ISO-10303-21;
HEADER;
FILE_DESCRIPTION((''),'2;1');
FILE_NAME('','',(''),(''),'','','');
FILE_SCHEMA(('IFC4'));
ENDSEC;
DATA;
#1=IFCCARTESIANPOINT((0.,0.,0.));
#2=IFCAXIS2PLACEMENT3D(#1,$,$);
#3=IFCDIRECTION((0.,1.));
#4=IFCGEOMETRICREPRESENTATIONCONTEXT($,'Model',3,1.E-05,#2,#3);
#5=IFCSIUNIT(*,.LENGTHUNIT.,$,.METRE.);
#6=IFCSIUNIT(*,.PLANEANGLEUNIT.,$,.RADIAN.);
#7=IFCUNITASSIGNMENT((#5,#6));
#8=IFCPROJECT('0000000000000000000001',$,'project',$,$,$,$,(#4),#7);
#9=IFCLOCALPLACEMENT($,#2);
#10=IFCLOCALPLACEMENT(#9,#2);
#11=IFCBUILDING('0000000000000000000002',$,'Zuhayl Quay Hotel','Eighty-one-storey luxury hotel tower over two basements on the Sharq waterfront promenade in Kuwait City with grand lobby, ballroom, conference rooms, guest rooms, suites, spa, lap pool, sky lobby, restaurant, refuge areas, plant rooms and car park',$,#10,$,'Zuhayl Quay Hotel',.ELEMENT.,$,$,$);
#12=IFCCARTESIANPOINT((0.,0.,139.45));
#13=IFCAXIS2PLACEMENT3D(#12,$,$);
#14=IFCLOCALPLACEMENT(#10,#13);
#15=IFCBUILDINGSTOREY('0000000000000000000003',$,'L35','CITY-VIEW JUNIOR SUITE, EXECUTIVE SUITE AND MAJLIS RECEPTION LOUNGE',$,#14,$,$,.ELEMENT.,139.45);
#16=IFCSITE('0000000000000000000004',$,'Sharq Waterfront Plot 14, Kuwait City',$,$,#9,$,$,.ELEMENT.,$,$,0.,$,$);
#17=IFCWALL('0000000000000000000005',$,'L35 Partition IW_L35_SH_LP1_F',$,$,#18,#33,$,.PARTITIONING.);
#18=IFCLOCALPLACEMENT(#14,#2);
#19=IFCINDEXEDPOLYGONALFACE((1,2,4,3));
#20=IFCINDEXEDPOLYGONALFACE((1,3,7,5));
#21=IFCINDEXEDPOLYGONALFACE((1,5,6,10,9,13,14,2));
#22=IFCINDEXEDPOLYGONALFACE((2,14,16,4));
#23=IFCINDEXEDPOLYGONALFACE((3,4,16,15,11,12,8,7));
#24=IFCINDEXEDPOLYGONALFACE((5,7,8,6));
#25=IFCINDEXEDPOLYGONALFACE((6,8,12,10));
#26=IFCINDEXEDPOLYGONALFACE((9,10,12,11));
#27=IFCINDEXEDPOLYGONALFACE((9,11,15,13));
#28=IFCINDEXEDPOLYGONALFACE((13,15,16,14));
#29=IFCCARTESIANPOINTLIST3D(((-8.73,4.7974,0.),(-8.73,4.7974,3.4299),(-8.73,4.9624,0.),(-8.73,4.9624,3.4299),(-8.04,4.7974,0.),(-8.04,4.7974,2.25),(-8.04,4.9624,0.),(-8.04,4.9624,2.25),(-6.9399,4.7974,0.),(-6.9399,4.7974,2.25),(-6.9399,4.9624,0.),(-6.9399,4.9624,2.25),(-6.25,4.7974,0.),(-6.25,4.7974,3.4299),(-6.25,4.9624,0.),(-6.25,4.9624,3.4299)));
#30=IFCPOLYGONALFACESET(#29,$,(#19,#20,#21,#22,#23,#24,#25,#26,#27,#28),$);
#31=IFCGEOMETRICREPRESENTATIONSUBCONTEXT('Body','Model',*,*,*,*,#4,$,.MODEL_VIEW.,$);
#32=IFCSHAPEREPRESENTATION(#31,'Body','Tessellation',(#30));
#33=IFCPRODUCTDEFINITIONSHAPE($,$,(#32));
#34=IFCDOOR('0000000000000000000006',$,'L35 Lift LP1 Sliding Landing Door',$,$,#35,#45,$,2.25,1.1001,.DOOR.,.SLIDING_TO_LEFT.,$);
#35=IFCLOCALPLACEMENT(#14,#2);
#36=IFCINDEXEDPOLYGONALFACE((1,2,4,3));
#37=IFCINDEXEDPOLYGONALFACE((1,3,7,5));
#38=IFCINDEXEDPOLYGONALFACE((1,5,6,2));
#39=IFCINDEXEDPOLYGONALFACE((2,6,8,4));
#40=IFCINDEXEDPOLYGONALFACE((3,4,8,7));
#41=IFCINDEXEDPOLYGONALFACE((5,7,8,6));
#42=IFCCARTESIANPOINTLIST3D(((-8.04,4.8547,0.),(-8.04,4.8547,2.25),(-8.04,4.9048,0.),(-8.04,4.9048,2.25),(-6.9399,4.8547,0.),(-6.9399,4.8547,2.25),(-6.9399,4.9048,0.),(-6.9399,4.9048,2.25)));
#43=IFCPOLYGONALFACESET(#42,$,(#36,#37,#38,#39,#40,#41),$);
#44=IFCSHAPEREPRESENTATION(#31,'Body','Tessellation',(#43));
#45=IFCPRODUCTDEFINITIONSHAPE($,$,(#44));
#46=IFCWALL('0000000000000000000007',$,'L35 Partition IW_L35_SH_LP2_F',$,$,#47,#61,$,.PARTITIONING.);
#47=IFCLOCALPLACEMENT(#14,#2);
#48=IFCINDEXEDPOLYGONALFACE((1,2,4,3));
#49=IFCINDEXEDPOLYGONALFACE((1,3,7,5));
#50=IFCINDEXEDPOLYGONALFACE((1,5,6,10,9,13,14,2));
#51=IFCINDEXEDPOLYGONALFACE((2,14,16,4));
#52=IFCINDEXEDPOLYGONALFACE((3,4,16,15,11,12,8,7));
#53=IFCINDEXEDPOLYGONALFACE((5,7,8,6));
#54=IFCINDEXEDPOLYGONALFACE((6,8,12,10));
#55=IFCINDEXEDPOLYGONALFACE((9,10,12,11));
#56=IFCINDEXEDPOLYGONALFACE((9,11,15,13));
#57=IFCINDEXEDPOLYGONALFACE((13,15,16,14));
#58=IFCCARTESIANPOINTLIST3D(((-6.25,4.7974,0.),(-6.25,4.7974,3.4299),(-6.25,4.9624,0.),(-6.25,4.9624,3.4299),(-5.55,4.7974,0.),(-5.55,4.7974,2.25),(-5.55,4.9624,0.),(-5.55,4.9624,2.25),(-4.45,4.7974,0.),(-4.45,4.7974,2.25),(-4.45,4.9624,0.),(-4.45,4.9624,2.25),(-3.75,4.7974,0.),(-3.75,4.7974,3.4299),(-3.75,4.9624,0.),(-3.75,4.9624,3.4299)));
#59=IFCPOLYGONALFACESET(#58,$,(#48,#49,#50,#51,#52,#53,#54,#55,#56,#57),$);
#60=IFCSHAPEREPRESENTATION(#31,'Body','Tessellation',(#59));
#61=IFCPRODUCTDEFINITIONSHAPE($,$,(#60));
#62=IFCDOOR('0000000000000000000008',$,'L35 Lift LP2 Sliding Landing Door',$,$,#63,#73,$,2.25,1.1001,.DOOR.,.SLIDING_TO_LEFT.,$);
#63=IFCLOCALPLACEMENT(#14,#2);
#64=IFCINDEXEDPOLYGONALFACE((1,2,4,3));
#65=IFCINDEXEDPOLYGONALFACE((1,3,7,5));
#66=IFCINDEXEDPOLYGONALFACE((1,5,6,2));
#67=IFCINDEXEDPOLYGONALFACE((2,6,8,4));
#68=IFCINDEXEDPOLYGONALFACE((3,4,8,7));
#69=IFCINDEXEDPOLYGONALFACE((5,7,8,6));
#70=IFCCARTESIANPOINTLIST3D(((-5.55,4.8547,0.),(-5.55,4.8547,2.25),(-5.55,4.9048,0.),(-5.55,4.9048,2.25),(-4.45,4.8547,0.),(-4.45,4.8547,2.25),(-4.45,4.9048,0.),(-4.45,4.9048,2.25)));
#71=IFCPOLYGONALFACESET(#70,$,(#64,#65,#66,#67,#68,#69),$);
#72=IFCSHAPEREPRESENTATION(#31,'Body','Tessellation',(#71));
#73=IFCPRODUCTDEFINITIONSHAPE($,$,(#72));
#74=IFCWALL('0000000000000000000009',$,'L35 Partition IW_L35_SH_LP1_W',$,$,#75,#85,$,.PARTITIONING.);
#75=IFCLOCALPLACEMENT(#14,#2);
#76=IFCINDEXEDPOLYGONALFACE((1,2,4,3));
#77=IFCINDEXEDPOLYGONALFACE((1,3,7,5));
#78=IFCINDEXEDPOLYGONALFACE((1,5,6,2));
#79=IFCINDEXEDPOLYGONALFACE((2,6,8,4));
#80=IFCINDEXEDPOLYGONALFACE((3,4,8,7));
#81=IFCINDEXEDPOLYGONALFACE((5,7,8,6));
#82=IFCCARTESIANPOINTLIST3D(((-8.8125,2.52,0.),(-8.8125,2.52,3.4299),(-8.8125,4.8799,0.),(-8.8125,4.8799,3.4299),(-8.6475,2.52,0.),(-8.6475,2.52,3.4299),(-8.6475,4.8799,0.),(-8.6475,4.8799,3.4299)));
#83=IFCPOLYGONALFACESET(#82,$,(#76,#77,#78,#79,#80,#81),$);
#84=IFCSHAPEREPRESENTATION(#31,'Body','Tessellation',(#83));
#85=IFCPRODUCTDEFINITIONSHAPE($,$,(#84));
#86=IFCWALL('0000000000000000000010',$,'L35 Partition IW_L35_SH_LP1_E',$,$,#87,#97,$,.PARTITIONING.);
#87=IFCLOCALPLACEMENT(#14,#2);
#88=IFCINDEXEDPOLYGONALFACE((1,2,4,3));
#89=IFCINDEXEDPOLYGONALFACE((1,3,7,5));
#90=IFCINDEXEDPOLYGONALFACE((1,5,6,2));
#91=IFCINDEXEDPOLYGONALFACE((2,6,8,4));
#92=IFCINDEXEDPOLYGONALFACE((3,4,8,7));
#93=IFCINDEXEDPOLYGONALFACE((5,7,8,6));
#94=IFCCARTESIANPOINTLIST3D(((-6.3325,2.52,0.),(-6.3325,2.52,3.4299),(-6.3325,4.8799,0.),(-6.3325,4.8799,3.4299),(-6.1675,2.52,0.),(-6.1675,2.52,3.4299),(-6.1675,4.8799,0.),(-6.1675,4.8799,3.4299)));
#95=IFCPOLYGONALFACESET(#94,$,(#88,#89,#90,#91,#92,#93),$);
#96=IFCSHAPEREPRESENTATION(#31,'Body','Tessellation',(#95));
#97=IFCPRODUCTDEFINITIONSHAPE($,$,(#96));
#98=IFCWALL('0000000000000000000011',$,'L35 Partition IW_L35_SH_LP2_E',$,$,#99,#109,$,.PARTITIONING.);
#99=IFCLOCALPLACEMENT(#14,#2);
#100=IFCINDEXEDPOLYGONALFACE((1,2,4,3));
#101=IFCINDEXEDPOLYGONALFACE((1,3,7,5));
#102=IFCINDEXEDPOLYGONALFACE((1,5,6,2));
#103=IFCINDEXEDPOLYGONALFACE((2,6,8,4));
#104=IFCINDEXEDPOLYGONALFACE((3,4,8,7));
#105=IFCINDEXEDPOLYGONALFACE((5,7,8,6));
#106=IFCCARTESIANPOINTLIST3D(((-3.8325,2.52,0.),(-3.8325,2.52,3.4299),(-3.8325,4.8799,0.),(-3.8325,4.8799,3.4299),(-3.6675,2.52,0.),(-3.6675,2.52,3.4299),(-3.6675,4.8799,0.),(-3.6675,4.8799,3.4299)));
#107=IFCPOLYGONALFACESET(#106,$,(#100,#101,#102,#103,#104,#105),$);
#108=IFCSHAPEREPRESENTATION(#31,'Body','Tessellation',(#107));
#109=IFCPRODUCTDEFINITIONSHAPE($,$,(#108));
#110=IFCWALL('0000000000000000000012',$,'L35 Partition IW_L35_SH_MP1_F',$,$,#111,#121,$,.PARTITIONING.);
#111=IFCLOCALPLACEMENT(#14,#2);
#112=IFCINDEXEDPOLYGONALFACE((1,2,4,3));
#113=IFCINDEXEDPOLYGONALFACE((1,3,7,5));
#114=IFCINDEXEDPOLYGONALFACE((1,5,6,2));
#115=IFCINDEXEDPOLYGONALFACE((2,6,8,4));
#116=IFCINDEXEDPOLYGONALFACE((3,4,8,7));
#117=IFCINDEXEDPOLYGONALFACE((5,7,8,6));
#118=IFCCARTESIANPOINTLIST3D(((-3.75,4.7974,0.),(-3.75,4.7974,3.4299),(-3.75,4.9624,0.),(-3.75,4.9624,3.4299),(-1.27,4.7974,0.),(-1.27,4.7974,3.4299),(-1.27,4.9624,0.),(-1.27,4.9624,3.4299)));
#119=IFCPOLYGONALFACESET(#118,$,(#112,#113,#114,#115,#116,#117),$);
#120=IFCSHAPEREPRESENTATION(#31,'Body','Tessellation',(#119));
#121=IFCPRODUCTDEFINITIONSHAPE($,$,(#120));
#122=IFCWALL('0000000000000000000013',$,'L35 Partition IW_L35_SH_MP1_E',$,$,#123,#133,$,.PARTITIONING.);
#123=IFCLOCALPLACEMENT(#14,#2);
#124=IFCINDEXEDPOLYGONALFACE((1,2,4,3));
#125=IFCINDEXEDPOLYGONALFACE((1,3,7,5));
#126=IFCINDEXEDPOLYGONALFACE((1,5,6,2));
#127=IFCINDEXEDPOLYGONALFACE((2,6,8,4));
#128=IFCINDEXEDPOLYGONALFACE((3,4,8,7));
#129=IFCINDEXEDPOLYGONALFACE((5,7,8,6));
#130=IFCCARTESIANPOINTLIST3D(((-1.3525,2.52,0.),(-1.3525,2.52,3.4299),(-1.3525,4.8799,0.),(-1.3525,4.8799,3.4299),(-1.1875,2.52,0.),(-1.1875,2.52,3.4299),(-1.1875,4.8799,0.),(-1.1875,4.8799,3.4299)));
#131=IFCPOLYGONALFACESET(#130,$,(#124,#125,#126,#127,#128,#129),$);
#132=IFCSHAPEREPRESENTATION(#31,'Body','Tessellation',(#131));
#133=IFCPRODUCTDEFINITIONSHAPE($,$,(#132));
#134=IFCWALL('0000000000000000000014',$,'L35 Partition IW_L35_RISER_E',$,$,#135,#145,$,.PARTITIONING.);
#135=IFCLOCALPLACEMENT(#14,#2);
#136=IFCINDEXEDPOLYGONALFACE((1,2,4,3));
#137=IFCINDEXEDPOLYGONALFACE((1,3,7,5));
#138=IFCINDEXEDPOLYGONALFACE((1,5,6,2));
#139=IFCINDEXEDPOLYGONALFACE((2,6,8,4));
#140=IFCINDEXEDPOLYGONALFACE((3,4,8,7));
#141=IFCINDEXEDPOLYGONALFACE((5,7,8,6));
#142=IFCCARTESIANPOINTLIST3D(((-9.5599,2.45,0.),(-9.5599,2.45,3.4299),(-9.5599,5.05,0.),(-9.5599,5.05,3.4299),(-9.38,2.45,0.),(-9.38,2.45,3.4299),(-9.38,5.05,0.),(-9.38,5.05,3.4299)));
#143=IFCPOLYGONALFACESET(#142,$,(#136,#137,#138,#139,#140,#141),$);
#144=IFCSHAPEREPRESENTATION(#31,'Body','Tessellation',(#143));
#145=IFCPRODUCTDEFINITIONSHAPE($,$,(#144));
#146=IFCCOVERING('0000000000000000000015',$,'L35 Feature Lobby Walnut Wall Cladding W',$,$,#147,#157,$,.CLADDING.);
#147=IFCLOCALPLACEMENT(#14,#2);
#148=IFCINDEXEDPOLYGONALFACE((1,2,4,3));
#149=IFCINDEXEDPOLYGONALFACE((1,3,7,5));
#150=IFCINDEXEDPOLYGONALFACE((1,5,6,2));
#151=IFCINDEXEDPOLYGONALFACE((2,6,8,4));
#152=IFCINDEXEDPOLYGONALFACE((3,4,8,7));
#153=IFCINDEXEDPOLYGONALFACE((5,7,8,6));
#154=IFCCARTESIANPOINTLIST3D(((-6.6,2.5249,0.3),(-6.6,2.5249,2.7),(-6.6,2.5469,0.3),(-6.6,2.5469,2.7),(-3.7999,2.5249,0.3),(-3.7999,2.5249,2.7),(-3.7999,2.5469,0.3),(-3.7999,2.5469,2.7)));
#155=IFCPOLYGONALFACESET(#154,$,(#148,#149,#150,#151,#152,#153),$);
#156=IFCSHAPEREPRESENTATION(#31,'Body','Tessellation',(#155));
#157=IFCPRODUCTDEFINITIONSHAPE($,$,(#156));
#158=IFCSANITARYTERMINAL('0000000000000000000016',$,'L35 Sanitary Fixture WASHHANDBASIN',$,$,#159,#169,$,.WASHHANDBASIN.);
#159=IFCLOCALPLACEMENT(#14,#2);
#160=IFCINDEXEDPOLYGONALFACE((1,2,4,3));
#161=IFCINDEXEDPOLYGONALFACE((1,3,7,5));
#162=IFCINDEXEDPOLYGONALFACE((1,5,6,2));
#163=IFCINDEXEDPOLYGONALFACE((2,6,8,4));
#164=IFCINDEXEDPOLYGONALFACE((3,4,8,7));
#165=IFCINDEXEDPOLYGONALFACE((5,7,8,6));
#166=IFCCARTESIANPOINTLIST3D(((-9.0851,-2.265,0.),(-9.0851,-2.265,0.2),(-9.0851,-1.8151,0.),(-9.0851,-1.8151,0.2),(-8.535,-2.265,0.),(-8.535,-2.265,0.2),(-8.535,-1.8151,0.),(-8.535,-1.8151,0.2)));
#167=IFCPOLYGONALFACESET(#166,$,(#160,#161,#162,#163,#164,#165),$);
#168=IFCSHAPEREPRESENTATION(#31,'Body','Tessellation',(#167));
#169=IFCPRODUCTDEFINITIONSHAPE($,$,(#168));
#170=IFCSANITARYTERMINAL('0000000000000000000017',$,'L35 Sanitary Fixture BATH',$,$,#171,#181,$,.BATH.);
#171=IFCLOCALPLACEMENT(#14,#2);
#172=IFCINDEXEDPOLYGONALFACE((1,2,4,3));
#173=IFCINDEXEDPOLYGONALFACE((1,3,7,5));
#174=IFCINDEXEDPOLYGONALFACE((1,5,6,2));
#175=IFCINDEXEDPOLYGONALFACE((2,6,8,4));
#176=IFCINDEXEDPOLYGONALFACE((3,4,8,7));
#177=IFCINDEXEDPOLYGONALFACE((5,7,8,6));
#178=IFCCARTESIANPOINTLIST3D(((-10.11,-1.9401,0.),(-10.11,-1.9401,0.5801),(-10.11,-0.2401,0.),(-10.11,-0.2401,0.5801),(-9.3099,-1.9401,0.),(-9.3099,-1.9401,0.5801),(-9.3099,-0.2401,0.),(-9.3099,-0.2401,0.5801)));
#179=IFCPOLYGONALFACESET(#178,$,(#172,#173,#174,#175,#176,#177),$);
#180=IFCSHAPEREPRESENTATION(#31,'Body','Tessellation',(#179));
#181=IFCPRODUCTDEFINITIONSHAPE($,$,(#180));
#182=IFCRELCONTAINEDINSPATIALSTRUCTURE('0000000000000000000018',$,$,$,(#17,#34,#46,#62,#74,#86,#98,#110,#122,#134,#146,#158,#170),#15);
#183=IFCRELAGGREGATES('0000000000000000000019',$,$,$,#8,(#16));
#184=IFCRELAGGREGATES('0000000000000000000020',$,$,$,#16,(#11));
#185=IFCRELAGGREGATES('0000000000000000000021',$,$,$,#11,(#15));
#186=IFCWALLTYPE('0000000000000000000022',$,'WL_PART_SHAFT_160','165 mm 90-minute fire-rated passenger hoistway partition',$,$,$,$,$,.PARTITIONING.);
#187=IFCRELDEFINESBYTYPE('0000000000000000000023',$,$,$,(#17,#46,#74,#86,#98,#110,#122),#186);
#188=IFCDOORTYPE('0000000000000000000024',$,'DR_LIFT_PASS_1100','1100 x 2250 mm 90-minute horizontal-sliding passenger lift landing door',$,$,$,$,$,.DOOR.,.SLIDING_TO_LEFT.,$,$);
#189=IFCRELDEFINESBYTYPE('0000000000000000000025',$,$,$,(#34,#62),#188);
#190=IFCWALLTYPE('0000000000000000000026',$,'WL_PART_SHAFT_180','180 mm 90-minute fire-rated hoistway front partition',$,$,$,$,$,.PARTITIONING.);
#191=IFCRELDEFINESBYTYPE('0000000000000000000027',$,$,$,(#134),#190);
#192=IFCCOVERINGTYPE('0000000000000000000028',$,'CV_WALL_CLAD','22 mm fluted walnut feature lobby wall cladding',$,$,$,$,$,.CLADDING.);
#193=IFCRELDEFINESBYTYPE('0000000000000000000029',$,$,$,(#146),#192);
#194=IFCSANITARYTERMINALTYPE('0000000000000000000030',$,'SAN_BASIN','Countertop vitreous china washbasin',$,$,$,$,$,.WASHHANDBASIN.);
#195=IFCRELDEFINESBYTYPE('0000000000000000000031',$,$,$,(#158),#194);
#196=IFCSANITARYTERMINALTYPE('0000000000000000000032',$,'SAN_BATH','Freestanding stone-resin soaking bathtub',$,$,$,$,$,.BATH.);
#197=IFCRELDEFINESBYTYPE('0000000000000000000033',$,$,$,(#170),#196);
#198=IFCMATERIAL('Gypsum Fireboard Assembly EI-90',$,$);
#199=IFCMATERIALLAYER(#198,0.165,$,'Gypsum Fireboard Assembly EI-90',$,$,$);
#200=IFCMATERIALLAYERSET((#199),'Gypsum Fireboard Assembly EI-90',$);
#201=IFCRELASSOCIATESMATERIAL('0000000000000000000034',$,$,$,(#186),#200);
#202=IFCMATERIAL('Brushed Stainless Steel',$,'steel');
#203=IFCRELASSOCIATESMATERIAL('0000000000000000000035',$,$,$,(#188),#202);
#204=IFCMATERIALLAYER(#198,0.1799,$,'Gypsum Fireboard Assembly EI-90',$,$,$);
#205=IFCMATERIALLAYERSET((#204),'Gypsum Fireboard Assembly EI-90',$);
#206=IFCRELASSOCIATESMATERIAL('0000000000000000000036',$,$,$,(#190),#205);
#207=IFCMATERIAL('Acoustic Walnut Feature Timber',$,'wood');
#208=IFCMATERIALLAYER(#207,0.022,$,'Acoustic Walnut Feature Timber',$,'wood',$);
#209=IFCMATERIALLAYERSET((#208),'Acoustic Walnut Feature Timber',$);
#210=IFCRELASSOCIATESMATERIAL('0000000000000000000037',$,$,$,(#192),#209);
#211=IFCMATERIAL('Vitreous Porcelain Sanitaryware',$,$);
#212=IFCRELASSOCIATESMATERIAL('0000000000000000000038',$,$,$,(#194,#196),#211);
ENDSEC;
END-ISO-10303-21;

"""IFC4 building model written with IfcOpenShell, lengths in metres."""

from ifc_helpers import new_model, si_unit, direction, frame, frame_2d, origin, origin_2d, place, context, subcontext, project, spatial, rectangle, extrude, material, layer, layer_set, type_object, element, fill, save


model = new_model("IFC4")

# Units and contexts
model_context = context("Model", 3, precision=1e-05, world=origin(), true_north=direction((0.0, 1.0)))
body_context = subcontext(model_context, "Body", "Model", "MODEL_VIEW")
ifc_project = project(units=[si_unit("LENGTHUNIT", "METRE"), si_unit("PLANEANGLEUNIT", "RADIAN")], contexts=[model_context])

# Site, building, storey
site_placement = place(None, origin())
site = spatial("IfcSite", under=ifc_project, at=site_placement, Name="Sharq Waterfront Plot 14, Kuwait City", CompositionType="ELEMENT", RefElevation=0.0)
building_placement = place(site_placement, origin())
building = spatial("IfcBuilding", under=site, at=building_placement, Name="Zuhayl Quay Hotel", Description="Eighty-one-storey luxury hotel tower over two basements on the Sharq waterfront promenade in Kuwait City with grand lobby, ballroom, conference rooms, guest rooms, suites, spa, lap pool, sky lobby, restaurant, refuge areas, plant rooms and car park", LongName="Zuhayl Quay Hotel", CompositionType="ELEMENT")
storey_placement = place(building_placement, frame((0.0, 0.0, 139.45)))
storey = spatial("IfcBuildingStorey", under=building, at=storey_placement, Name="L35", Description="CITY-VIEW JUNIOR SUITE, EXECUTIVE SUITE AND MAJLIS RECEPTION LOUNGE", CompositionType="ELEMENT", Elevation=139.45)

# Walls, openings, doors
ifc_material_1 = material(Name="Gypsum Fireboard Assembly EI-90")
ifc_layer_1 = layer(ifc_material_1, 0.165, Name="Gypsum Fireboard Assembly EI-90")
ifc_layer_set_1 = layer_set([ifc_layer_1], Name="Gypsum Fireboard Assembly EI-90")
wall_type_1 = type_object("IfcWallType", Name="WL_PART_SHAFT_160", Description="165 mm 90-minute fire-rated passenger hoistway partition", PredefinedType="PARTITIONING", material=ifc_layer_set_1)
wall_1_placement = place(storey_placement, frame((-8.73, 4.8799, 0.0), z_axis=(0.0, 0.0, 1.0), x_axis=(1.0, 0.0, 0.0)))
wall_1 = element("IfcWall", 1, at=wall_1_placement, inside=storey, type_object=wall_type_1, Name="L35 Partition IW_L35_SH_LP1_F", PredefinedType="PARTITIONING", context=body_context, shape_type="SweptSolid", body=[
    extrude(rectangle(XDim=2.48, YDim=0.165, at=frame_2d((1.24, 0.0))), origin(), (0.0, 0.0, 1.0), 3.4299),
])
opening_1_placement = place(wall_1_placement, frame((0.6899, 0.0, 0.0)))
opening_1 = element("IfcOpeningElement", 2, at=opening_1_placement, cuts=wall_1, PredefinedType="OPENING", context=body_context, shape_type="SweptSolid", body=[
    extrude(rectangle(XDim=1.1001, YDim=2.25, at=frame_2d((0.55, 1.125))), frame((0.0, 0.0925, 0.0), z_axis=(0.0, -1.0, 0.0), x_axis=(1.0, 0.0, 0.0)), (0.0, 0.0, 1.0), 0.1851),
])
ifc_material_2 = material(Name="Brushed Stainless Steel", Category="steel")
door_type_1 = type_object("IfcDoorType", Name="DR_LIFT_PASS_1100", Description="1100 x 2250 mm 90-minute horizontal-sliding passenger lift landing door", OperationType="SLIDING_TO_LEFT", PredefinedType="DOOR", material=ifc_material_2)
door_1_placement = place(opening_1_placement, origin())
door_1 = element("IfcDoor", 3, at=door_1_placement, inside=storey, type_object=door_type_1, Name="L35 Lift LP1 Sliding Landing Door", OperationType="SLIDING_TO_LEFT", OverallHeight=2.25, OverallWidth=1.1001, PredefinedType="DOOR", context=body_context, shape_type="SweptSolid", body=[
    extrude(rectangle(XDim=1.1001, YDim=2.25, at=frame_2d((0.55, 1.125))), frame((0.0, 0.0249, 0.0), z_axis=(0.0, -1.0, 0.0), x_axis=(1.0, 0.0, 0.0)), (0.0, 0.0, 1.0), 0.05),
])
fill(opening_1, door_1)
wall_2_placement = place(storey_placement, frame((-6.25, 4.8799, 0.0), z_axis=(0.0, 0.0, 1.0), x_axis=(1.0, 0.0, 0.0)))
wall_2 = element("IfcWall", 4, at=wall_2_placement, inside=storey, type_object=wall_type_1, Name="L35 Partition IW_L35_SH_LP2_F", PredefinedType="PARTITIONING", context=body_context, shape_type="SweptSolid", body=[
    extrude(rectangle(XDim=2.5, YDim=0.165, at=frame_2d((1.25, 0.0))), origin(), (0.0, 0.0, 1.0), 3.4299),
])
opening_2_placement = place(wall_2_placement, frame((0.7, 0.0, 0.0)))
opening_2 = element("IfcOpeningElement", 5, at=opening_2_placement, cuts=wall_2, PredefinedType="OPENING", context=body_context, shape_type="SweptSolid", body=[
    extrude(rectangle(XDim=1.1001, YDim=2.25, at=frame_2d((0.55, 1.125))), frame((0.0, 0.0925, 0.0), z_axis=(0.0, -1.0, 0.0), x_axis=(1.0, 0.0, 0.0)), (0.0, 0.0, 1.0), 0.1851),
])
door_2_placement = place(opening_2_placement, origin())
door_2 = element("IfcDoor", 6, at=door_2_placement, inside=storey, type_object=door_type_1, Name="L35 Lift LP2 Sliding Landing Door", OperationType="SLIDING_TO_LEFT", OverallHeight=2.25, OverallWidth=1.1001, PredefinedType="DOOR", context=body_context, shape_type="SweptSolid", body=[
    extrude(rectangle(XDim=1.1001, YDim=2.25, at=frame_2d((0.55, 1.125))), frame((0.0, 0.0249, 0.0), z_axis=(0.0, -1.0, 0.0), x_axis=(1.0, 0.0, 0.0)), (0.0, 0.0, 1.0), 0.05),
])
fill(opening_2, door_2)

# Walls
for number, where, z_axis, x_axis, name in (
    (7, (-8.73, 2.52, 0.0), (0.0, 0.0, 1.0), (0.0, 1.0, 0.0), "L35 Partition IW_L35_SH_LP1_W"),
    (8, (-6.25, 2.52, 0.0), (0.0, 0.0, 1.0), (0.0, 1.0, 0.0), "L35 Partition IW_L35_SH_LP1_E"),
    (9, (-3.75, 2.52, 0.0), (0.0, 0.0, 1.0), (0.0, 1.0, 0.0), "L35 Partition IW_L35_SH_LP2_E"),
):
    element("IfcWall", number, at=place(storey_placement, frame(where, z_axis=z_axis, x_axis=x_axis)), inside=storey, type_object=wall_type_1, Name=name, PredefinedType="PARTITIONING", context=body_context, shape_type="SweptSolid", body=[
        extrude(rectangle(XDim=2.3599, YDim=0.165, at=frame_2d((1.1799, 0.0))), origin(), (0.0, 0.0, 1.0), 3.4299),
    ])
wall_3_placement = place(storey_placement, frame((-3.75, 4.8799, 0.0), z_axis=(0.0, 0.0, 1.0), x_axis=(1.0, 0.0, 0.0)))
element("IfcWall", 10, at=wall_3_placement, inside=storey, type_object=wall_type_1, Name="L35 Partition IW_L35_SH_MP1_F", PredefinedType="PARTITIONING", context=body_context, shape_type="SweptSolid", body=[
    extrude(rectangle(XDim=2.48, YDim=0.165, at=frame_2d((1.24, 0.0))), origin(), (0.0, 0.0, 1.0), 3.4299),
])
wall_4_placement = place(storey_placement, frame((-1.27, 2.52, 0.0), z_axis=(0.0, 0.0, 1.0), x_axis=(0.0, 1.0, 0.0)))
element("IfcWall", 11, at=wall_4_placement, inside=storey, type_object=wall_type_1, Name="L35 Partition IW_L35_SH_MP1_E", PredefinedType="PARTITIONING", context=body_context, shape_type="SweptSolid", body=[
    extrude(rectangle(XDim=2.3599, YDim=0.165, at=frame_2d((1.1799, 0.0))), origin(), (0.0, 0.0, 1.0), 3.4299),
])
ifc_layer_2 = layer(ifc_material_1, 0.1799, Name="Gypsum Fireboard Assembly EI-90")
ifc_layer_set_2 = layer_set([ifc_layer_2], Name="Gypsum Fireboard Assembly EI-90")
wall_type_2 = type_object("IfcWallType", Name="WL_PART_SHAFT_180", Description="180 mm 90-minute fire-rated hoistway front partition", PredefinedType="PARTITIONING", material=ifc_layer_set_2)
wall_5_placement = place(storey_placement, frame((-9.47, 2.45, 0.0), z_axis=(0.0, 0.0, 1.0), x_axis=(0.0, 1.0, 0.0)))
element("IfcWall", 12, at=wall_5_placement, inside=storey, type_object=wall_type_2, Name="L35 Partition IW_L35_RISER_E", PredefinedType="PARTITIONING", context=body_context, shape_type="SweptSolid", body=[
    extrude(rectangle(XDim=2.6001, YDim=0.1799, at=frame_2d((1.3, 0.0))), origin(), (0.0, 0.0, 1.0), 3.4299),
])

# Covering
ifc_material_3 = material(Name="Acoustic Walnut Feature Timber", Category="wood")
ifc_layer_3 = layer(ifc_material_3, 0.022, Name="Acoustic Walnut Feature Timber", Category="wood")
ifc_layer_set_3 = layer_set([ifc_layer_3], Name="Acoustic Walnut Feature Timber")
covering_type = type_object("IfcCoveringType", Name="CV_WALL_CLAD", Description="22 mm fluted walnut feature lobby wall cladding", PredefinedType="CLADDING", material=ifc_layer_set_3)
covering_placement = place(storey_placement, frame((-5.2, 2.5359, 0.3), z_axis=(0.0, 0.0, 1.0), x_axis=(1.0, 0.0, 0.0)))
element("IfcCovering", 13, at=covering_placement, inside=storey, type_object=covering_type, Name="L35 Feature Lobby Walnut Wall Cladding W", PredefinedType="CLADDING", context=body_context, shape_type="SweptSolid", body=[
    extrude(rectangle(XDim=2.8, YDim=0.022, at=origin_2d()), origin(), (0.0, 0.0, 1.0), 2.3999),
])

# Sanitary terminals
ifc_material_4 = material(Name="Vitreous Porcelain Sanitaryware")
sanitary_terminal_type_1 = type_object("IfcSanitaryTerminalType", Name="SAN_BASIN", Description="Countertop vitreous china washbasin", PredefinedType="WASHHANDBASIN", material=ifc_material_4)
sanitary_terminal_placement = place(storey_placement, frame((-8.8101, -2.04, 0.0), z_axis=(0.0, 0.0, 1.0), x_axis=(1.0, 0.0, 0.0)))
element("IfcSanitaryTerminal", 14, at=sanitary_terminal_placement, inside=storey, type_object=sanitary_terminal_type_1, Name="L35 Sanitary Fixture WASHHANDBASIN", PredefinedType="WASHHANDBASIN", context=body_context, shape_type="SweptSolid", body=[
    extrude(rectangle(XDim=0.55, YDim=0.45, at=origin_2d()), origin(), (0.0, 0.0, 1.0), 0.2),
])
sanitary_terminal_type_2 = type_object("IfcSanitaryTerminalType", Name="SAN_BATH", Description="Freestanding stone-resin soaking bathtub", PredefinedType="BATH", material=ifc_material_4)
for number, where, z_axis, x_axis, name in (
    (15, (-9.71, -1.0901, 0.0), (0.0, 0.0, 1.0), (1.0, 0.0, 0.0), "L35 Sanitary Fixture BATH"),
):
    element("IfcSanitaryTerminal", number, at=place(storey_placement, frame(where, z_axis=z_axis, x_axis=x_axis)), inside=storey, type_object=sanitary_terminal_type_2, Name=name, PredefinedType="BATH", context=body_context, shape_type="SweptSolid", body=[
        extrude(rectangle(XDim=0.8, YDim=1.7, at=origin_2d()), origin(), (0.0, 0.0, 1.0), 0.5801),
    ])

save(model, "model.ifc")
